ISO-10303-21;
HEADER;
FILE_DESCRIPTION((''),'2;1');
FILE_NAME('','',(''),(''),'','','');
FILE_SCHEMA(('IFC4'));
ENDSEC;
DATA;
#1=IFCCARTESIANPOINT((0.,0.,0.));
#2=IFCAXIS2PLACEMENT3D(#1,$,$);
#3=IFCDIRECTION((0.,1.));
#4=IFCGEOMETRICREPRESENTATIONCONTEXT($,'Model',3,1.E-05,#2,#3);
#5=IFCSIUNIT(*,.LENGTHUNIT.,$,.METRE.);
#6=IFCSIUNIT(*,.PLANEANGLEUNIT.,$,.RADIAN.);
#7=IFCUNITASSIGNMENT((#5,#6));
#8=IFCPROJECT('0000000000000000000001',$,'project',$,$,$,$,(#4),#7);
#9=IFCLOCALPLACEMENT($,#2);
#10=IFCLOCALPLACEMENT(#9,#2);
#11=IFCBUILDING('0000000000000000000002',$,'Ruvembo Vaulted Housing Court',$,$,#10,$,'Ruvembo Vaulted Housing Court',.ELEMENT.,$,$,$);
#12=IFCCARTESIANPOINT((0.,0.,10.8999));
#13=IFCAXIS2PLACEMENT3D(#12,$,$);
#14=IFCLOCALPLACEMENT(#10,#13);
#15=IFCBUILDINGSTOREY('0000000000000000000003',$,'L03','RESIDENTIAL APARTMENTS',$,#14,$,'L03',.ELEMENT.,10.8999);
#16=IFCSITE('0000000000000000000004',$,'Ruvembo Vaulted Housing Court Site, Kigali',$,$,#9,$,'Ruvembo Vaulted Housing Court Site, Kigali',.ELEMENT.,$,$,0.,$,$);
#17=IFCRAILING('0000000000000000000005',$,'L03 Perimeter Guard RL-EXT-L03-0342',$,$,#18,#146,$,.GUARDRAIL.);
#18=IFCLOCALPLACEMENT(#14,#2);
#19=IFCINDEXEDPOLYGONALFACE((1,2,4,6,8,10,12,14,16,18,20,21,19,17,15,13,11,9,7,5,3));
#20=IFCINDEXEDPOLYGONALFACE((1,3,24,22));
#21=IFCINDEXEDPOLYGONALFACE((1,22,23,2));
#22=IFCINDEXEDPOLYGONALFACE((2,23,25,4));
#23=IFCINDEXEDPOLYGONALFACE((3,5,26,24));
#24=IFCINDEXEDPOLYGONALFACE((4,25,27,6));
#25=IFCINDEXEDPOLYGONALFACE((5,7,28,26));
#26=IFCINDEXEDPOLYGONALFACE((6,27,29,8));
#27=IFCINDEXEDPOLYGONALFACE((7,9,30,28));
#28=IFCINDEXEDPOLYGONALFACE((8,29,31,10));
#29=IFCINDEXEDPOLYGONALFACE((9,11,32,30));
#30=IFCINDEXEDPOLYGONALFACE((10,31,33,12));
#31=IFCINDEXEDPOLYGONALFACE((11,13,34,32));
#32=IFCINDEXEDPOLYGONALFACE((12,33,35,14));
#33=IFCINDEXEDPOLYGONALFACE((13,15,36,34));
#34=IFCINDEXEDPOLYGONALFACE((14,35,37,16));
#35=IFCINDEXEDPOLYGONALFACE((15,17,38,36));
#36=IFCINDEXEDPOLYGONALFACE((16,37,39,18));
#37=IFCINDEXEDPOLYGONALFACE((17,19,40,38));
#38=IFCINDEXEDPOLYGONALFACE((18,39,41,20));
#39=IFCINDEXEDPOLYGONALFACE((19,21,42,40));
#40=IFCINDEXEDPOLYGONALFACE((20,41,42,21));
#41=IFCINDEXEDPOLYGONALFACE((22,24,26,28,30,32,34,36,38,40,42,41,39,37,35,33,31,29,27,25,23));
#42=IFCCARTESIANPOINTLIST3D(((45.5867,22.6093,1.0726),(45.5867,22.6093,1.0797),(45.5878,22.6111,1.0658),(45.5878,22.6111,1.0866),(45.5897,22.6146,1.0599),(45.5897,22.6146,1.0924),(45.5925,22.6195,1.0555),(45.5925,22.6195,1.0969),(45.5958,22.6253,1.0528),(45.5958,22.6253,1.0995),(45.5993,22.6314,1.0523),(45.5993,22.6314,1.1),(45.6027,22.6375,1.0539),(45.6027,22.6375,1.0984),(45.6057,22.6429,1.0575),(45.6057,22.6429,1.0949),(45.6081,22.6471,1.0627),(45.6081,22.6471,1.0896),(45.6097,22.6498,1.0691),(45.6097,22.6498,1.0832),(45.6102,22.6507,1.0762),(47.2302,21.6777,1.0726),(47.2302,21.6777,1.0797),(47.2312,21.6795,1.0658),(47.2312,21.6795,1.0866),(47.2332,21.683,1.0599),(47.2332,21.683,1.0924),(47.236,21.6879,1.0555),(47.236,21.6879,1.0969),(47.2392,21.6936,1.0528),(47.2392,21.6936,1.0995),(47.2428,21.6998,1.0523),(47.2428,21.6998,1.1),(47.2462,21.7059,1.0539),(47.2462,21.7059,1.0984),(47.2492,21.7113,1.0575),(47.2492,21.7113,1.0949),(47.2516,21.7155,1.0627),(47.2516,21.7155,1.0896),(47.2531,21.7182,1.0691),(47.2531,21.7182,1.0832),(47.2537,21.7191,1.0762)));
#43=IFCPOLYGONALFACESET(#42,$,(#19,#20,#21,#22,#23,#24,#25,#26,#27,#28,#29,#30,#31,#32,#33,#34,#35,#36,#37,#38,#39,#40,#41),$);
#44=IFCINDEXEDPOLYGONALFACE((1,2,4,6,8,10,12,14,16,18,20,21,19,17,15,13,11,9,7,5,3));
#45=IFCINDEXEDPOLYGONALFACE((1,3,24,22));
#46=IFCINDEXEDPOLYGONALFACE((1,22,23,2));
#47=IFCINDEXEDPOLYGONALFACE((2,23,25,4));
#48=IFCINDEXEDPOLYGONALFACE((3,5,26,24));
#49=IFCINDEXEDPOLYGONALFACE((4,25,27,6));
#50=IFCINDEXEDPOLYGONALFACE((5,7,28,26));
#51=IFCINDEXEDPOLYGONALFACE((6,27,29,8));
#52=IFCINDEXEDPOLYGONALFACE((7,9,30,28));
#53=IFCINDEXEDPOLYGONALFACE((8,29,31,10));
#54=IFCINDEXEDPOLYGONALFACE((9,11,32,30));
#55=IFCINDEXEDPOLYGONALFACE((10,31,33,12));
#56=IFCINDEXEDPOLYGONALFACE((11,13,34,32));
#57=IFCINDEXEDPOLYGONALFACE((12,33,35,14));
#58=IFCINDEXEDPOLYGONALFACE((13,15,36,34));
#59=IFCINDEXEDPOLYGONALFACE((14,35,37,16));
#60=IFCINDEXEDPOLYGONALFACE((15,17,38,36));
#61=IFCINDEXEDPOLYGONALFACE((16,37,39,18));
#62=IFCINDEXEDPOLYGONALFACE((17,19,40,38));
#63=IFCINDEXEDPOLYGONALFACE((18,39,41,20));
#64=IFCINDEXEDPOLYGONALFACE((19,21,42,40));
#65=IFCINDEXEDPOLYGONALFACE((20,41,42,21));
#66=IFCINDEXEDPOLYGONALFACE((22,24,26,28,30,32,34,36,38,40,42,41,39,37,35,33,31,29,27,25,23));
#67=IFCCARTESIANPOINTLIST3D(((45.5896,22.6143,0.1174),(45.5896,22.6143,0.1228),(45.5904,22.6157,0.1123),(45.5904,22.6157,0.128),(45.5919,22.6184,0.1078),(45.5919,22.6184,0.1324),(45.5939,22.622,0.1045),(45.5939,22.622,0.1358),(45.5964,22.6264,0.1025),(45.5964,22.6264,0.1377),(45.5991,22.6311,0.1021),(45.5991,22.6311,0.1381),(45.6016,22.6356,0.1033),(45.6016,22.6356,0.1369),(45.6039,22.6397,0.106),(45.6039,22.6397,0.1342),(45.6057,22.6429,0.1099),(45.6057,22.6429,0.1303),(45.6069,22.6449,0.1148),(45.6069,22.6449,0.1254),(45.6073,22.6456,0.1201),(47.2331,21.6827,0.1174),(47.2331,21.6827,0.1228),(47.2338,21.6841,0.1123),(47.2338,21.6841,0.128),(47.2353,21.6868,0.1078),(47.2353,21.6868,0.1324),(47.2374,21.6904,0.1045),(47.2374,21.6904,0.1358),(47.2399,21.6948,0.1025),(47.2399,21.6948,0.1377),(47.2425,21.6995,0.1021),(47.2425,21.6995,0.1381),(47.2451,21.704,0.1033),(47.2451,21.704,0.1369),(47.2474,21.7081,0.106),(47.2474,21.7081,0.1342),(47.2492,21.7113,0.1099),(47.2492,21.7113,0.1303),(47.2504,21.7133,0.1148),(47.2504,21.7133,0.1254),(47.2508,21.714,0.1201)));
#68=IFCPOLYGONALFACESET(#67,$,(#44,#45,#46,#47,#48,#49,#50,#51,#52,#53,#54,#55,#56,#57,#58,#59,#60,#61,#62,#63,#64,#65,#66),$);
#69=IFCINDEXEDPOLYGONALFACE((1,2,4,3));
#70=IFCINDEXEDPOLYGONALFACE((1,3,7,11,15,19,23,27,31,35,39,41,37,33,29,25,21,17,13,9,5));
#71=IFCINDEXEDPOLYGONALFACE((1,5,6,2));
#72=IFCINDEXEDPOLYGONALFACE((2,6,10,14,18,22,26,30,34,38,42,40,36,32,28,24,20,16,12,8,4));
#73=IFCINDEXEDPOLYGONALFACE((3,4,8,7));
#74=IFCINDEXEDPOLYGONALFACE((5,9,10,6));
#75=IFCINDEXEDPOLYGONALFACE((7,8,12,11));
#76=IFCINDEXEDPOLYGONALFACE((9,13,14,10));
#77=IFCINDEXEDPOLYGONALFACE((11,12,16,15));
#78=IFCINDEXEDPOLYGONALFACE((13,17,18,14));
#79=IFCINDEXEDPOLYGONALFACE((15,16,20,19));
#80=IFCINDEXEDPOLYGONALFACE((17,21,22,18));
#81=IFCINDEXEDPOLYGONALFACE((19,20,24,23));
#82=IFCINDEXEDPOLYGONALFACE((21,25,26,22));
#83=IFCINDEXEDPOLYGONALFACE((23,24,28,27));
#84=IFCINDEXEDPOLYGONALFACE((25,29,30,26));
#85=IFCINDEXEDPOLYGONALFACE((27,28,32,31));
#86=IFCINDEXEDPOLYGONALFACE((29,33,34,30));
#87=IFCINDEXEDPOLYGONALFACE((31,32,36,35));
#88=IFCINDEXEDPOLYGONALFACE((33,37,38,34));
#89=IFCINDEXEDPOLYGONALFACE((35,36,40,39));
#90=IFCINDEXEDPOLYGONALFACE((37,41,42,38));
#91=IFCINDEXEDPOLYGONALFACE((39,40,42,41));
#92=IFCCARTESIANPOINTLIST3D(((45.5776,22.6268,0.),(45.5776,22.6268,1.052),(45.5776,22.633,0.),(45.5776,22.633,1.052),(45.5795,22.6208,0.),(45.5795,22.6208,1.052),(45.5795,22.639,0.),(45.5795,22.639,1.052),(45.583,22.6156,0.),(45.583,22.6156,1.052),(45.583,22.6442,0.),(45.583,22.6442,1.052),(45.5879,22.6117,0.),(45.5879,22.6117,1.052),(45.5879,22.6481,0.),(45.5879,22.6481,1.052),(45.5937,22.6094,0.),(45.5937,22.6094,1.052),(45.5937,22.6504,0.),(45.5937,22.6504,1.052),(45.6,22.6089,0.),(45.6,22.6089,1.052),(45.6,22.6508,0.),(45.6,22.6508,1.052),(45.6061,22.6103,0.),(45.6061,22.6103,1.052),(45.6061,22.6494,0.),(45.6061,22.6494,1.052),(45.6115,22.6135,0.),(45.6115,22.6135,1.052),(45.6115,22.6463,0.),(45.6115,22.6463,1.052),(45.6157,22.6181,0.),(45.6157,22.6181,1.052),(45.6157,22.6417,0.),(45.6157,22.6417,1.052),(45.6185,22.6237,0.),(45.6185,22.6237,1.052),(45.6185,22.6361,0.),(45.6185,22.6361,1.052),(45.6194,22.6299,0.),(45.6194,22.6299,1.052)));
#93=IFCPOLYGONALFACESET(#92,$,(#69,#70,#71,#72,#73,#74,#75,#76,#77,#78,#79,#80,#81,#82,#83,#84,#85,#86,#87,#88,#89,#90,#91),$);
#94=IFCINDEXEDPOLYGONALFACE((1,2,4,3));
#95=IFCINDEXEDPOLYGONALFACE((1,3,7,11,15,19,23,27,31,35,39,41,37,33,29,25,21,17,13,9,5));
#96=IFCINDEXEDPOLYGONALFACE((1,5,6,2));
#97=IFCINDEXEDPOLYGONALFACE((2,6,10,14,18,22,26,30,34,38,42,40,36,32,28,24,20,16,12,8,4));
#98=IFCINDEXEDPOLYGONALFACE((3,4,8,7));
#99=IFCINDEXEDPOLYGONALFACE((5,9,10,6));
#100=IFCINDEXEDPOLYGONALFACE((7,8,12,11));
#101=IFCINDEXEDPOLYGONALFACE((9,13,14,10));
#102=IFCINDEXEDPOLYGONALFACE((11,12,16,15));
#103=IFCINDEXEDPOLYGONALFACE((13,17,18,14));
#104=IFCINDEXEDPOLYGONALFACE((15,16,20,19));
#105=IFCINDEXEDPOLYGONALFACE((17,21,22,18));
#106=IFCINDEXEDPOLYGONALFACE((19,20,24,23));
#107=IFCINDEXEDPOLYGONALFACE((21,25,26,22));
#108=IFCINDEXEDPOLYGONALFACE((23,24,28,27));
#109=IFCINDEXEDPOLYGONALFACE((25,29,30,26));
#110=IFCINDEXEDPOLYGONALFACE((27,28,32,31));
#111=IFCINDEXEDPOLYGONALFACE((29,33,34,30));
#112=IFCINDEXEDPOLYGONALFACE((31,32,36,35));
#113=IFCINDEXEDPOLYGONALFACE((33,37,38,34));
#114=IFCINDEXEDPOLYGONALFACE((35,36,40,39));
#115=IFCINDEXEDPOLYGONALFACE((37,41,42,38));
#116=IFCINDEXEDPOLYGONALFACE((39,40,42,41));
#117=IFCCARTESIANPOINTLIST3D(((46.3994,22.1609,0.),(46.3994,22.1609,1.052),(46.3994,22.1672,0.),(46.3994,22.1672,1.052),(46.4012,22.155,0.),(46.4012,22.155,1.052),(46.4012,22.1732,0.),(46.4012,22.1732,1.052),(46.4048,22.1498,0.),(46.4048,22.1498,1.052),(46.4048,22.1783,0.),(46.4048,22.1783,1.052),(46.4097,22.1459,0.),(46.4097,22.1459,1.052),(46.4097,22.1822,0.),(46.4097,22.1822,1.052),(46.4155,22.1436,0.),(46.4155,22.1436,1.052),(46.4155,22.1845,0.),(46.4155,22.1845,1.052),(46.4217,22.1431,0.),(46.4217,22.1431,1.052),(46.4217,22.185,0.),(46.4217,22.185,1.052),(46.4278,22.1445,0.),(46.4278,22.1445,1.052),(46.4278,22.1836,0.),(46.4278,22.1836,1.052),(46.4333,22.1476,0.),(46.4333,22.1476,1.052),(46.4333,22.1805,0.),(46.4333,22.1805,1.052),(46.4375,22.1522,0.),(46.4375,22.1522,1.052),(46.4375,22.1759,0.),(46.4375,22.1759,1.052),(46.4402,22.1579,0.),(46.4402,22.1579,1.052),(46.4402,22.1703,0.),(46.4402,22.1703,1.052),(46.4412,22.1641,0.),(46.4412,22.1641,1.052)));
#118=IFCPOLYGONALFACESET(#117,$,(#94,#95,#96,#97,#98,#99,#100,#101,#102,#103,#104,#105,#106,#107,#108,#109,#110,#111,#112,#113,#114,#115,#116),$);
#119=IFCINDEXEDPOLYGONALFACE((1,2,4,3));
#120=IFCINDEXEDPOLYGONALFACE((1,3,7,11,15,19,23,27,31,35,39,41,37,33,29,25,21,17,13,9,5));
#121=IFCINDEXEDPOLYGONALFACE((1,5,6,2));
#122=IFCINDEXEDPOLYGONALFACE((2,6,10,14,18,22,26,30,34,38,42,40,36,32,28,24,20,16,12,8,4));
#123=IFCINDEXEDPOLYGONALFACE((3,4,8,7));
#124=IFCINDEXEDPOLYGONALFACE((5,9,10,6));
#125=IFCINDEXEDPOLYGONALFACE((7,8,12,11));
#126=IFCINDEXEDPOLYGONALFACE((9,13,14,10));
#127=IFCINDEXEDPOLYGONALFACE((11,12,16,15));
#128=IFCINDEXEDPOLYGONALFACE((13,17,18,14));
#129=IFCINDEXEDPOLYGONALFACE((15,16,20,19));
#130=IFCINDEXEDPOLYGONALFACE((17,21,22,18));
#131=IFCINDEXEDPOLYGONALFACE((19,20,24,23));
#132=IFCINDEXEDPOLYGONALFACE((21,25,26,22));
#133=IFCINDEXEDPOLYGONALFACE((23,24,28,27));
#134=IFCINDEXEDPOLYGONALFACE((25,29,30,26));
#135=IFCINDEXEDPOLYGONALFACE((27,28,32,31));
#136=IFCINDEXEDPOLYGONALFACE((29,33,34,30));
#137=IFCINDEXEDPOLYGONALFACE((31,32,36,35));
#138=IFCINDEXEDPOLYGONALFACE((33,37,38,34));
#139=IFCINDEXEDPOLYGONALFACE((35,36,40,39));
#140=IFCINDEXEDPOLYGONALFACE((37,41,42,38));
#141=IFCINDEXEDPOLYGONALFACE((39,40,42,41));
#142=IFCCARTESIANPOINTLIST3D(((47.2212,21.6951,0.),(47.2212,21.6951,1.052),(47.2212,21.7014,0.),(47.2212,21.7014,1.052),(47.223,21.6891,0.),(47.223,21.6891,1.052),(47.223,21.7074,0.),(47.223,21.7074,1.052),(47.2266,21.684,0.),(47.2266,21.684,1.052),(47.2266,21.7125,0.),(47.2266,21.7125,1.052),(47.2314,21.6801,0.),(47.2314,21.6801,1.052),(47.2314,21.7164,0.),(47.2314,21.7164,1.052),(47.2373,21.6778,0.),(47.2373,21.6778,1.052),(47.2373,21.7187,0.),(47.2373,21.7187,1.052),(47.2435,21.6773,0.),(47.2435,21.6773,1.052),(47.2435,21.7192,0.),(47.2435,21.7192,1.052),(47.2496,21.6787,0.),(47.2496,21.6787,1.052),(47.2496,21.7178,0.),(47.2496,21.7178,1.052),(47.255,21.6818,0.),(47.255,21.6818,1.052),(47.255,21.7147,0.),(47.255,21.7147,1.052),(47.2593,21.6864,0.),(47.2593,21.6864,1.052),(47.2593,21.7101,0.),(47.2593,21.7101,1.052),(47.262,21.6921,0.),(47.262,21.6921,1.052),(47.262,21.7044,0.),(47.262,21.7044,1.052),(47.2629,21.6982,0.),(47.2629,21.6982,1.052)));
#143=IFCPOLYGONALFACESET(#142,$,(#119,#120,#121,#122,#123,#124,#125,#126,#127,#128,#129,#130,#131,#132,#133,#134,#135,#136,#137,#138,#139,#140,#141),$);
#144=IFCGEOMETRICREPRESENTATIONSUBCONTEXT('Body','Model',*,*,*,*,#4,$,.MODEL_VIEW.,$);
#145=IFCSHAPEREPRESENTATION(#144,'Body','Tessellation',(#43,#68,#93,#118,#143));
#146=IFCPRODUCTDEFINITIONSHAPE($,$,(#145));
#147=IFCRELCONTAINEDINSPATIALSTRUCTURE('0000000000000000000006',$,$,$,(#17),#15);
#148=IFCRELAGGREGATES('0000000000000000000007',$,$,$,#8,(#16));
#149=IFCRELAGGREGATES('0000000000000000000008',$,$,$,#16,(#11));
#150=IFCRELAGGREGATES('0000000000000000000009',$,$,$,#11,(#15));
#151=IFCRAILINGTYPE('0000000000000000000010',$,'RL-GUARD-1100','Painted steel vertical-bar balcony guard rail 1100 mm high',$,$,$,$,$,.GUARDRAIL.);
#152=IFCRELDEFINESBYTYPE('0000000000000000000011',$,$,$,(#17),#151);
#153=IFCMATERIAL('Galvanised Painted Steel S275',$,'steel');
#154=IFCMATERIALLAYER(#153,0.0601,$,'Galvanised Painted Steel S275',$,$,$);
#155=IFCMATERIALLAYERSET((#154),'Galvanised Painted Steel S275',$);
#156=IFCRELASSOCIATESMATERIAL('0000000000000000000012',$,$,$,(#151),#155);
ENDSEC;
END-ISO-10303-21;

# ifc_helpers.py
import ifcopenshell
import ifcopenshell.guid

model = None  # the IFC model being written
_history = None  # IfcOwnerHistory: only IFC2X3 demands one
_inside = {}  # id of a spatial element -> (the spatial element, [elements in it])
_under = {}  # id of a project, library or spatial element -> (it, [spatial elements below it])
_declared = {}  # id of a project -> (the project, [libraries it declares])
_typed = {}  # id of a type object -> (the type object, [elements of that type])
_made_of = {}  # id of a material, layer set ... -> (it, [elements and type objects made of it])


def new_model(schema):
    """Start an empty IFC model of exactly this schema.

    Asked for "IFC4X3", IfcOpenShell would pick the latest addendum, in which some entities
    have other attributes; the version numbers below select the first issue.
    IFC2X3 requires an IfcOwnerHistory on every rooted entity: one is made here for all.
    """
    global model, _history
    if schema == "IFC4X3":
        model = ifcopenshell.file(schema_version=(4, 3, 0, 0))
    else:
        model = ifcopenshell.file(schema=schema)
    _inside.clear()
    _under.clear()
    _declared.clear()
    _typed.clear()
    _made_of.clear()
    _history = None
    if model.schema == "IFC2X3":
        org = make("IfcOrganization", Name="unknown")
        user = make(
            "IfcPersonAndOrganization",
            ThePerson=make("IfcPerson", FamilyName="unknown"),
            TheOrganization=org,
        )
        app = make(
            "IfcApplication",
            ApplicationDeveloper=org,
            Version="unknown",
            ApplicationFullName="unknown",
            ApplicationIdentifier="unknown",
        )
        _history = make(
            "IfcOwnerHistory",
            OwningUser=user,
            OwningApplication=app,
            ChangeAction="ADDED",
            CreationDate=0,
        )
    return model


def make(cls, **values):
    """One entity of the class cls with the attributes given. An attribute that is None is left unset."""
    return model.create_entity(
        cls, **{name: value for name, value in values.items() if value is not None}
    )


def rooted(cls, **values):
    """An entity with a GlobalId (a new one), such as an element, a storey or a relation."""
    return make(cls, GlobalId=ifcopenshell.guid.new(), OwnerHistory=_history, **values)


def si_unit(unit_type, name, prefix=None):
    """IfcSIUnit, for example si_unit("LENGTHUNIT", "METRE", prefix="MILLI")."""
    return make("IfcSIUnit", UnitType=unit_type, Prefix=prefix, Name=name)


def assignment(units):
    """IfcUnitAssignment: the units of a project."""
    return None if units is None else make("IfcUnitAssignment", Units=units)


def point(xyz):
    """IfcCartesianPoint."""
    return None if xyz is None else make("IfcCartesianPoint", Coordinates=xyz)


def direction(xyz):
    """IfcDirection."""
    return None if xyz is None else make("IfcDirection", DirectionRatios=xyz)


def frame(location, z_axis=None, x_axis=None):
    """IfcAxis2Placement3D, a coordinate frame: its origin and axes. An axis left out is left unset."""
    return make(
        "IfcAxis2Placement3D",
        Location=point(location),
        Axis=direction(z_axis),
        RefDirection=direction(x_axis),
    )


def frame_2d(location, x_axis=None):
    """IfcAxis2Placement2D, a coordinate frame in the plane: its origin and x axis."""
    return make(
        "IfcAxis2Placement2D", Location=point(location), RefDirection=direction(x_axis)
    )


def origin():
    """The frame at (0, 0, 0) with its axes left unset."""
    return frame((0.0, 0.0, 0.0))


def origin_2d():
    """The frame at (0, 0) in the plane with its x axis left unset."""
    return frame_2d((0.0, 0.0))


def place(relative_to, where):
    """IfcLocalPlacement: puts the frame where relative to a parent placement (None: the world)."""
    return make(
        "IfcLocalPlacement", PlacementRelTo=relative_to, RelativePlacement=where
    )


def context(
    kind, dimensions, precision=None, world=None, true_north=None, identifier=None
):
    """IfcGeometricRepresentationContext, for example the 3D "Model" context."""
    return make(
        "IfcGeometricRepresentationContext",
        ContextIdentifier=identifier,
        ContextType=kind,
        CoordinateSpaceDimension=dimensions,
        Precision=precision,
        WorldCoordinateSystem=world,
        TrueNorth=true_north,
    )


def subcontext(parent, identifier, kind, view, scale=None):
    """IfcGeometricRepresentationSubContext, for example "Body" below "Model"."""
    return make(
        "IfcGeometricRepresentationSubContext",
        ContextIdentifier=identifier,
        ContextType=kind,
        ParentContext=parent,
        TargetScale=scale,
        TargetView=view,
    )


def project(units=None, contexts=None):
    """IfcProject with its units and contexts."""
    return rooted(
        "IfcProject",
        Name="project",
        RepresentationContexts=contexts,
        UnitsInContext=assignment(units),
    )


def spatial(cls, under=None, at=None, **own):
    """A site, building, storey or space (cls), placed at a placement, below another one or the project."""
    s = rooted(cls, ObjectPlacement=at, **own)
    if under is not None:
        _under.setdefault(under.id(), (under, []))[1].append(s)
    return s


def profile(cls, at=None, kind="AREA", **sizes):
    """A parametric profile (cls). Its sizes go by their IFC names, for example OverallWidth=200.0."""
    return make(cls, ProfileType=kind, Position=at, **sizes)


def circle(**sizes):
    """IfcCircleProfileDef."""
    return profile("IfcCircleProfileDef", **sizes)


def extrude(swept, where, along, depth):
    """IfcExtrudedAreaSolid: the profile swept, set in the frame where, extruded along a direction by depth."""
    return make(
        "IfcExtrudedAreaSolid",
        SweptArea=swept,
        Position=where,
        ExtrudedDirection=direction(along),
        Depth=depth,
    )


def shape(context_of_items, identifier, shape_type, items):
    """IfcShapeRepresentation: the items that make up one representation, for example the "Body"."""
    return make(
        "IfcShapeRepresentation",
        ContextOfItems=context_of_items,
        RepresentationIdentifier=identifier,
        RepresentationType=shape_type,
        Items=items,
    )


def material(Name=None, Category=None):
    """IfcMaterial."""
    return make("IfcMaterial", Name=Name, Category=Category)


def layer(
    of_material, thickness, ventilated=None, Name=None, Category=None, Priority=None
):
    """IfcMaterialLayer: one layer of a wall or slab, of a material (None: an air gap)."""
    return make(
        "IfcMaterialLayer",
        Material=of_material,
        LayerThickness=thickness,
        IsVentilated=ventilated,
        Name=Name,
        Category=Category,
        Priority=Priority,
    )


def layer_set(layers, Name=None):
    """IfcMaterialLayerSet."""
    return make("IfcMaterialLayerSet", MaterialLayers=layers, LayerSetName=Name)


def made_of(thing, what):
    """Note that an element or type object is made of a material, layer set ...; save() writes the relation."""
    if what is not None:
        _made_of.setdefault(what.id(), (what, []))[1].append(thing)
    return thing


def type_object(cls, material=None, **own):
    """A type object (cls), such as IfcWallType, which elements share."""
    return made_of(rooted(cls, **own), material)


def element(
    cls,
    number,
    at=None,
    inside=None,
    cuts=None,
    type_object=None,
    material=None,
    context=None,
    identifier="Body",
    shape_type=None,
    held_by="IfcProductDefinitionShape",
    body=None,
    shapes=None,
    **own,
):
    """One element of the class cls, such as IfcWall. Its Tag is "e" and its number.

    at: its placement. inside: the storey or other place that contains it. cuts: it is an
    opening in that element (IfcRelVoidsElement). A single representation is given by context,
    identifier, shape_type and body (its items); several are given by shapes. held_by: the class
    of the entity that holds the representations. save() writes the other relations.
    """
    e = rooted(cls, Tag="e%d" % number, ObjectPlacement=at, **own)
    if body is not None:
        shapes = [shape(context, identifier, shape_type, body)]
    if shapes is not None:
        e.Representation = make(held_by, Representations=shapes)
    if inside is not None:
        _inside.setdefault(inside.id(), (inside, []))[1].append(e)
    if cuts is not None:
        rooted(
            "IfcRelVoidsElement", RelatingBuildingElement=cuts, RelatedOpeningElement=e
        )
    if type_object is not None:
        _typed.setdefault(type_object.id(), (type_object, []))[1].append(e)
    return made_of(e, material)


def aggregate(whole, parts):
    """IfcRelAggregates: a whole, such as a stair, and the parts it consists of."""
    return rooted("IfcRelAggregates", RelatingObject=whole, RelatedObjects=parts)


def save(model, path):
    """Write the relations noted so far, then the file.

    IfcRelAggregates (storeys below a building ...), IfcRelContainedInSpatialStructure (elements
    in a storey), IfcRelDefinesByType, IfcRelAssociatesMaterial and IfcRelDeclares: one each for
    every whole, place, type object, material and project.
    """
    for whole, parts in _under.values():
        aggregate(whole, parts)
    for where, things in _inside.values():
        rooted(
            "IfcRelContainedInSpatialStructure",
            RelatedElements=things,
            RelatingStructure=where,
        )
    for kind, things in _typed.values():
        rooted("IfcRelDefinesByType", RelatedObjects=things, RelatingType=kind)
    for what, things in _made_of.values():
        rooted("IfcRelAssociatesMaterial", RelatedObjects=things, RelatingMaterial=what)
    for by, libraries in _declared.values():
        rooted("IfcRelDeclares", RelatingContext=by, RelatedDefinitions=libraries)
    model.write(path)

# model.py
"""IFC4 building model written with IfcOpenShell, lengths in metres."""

from ifc_helpers import new_model, si_unit, direction, frame, origin, origin_2d, place, context, subcontext, project, spatial, circle, extrude, material, layer, layer_set, type_object, element, save


model = new_model("IFC4")

# Units and contexts
model_context = context("Model", 3, precision=1e-05, world=origin(), true_north=direction((0.0, 1.0)))
body_context = subcontext(model_context, "Body", "Model", "MODEL_VIEW")
ifc_project = project(units=[si_unit("LENGTHUNIT", "METRE"), si_unit("PLANEANGLEUNIT", "RADIAN")], contexts=[model_context])

# Site, building, storey
site_placement = place(None, origin())
site = spatial("IfcSite", under=ifc_project, at=site_placement, Name="Ruvembo Vaulted Housing Court Site, Kigali", LongName="Ruvembo Vaulted Housing Court Site, Kigali", CompositionType="ELEMENT", RefElevation=0.0)
building_placement = place(site_placement, origin())
building = spatial("IfcBuilding", under=site, at=building_placement, Name="Ruvembo Vaulted Housing Court", LongName="Ruvembo Vaulted Housing Court", CompositionType="ELEMENT")
storey_placement = place(building_placement, frame((0.0, 0.0, 10.8999)))
storey = spatial("IfcBuildingStorey", under=building, at=storey_placement, Name="L03", Description="RESIDENTIAL APARTMENTS", LongName="L03", CompositionType="ELEMENT", Elevation=10.8999)

# Railing
ifc_material_1 = material(Name="Galvanised Painted Steel S275", Category="steel")
ifc_layer_1 = layer(ifc_material_1, 0.0601, Name="Galvanised Painted Steel S275")
ifc_layer_set_1 = layer_set([ifc_layer_1], Name="Galvanised Painted Steel S275")
railing_type_1 = type_object("IfcRailingType", Name="RL-GUARD-1100", Description="Painted steel vertical-bar balcony guard rail 1100 mm high", PredefinedType="GUARDRAIL", material=ifc_layer_set_1)
railing_1_placement = place(storey_placement, frame((45.5984, 22.6299, 0.0)))
element("IfcRailing", 1, at=railing_1_placement, inside=storey, type_object=railing_type_1, Name="L03 Perimeter Guard RL-EXT-L03-0342", PredefinedType="GUARDRAIL", context=body_context, shape_type="SweptSolid", body=[
    extrude(circle(Radius=0.0239, at=origin_2d()), frame((0.0, 0.0, 1.0762), z_axis=(0.869956, -0.49313, 0.0), x_axis=(0.49313, 0.869956, 0.0)), (0.0, 0.0, 1.0), 1.8892),
    extrude(circle(Radius=0.0181, at=origin_2d()), frame((0.0, 0.0, 0.1201), z_axis=(0.869956, -0.49313, 0.0), x_axis=(0.49313, 0.869956, 0.0)), (0.0, 0.0, 1.0), 1.8892),
    extrude(circle(Radius=0.021, at=origin_2d()), origin(), (0.0, 0.0, 1.0), 1.052),
    extrude(circle(Radius=0.021, at=origin_2d()), frame((0.8218, -0.4658, 0.0)), (0.0, 0.0, 1.0), 1.052),
    extrude(circle(Radius=0.021, at=origin_2d()), frame((1.6436, -0.9316, 0.0)), (0.0, 0.0, 1.0), 1.052),
])

save(model, "model.ifc")
